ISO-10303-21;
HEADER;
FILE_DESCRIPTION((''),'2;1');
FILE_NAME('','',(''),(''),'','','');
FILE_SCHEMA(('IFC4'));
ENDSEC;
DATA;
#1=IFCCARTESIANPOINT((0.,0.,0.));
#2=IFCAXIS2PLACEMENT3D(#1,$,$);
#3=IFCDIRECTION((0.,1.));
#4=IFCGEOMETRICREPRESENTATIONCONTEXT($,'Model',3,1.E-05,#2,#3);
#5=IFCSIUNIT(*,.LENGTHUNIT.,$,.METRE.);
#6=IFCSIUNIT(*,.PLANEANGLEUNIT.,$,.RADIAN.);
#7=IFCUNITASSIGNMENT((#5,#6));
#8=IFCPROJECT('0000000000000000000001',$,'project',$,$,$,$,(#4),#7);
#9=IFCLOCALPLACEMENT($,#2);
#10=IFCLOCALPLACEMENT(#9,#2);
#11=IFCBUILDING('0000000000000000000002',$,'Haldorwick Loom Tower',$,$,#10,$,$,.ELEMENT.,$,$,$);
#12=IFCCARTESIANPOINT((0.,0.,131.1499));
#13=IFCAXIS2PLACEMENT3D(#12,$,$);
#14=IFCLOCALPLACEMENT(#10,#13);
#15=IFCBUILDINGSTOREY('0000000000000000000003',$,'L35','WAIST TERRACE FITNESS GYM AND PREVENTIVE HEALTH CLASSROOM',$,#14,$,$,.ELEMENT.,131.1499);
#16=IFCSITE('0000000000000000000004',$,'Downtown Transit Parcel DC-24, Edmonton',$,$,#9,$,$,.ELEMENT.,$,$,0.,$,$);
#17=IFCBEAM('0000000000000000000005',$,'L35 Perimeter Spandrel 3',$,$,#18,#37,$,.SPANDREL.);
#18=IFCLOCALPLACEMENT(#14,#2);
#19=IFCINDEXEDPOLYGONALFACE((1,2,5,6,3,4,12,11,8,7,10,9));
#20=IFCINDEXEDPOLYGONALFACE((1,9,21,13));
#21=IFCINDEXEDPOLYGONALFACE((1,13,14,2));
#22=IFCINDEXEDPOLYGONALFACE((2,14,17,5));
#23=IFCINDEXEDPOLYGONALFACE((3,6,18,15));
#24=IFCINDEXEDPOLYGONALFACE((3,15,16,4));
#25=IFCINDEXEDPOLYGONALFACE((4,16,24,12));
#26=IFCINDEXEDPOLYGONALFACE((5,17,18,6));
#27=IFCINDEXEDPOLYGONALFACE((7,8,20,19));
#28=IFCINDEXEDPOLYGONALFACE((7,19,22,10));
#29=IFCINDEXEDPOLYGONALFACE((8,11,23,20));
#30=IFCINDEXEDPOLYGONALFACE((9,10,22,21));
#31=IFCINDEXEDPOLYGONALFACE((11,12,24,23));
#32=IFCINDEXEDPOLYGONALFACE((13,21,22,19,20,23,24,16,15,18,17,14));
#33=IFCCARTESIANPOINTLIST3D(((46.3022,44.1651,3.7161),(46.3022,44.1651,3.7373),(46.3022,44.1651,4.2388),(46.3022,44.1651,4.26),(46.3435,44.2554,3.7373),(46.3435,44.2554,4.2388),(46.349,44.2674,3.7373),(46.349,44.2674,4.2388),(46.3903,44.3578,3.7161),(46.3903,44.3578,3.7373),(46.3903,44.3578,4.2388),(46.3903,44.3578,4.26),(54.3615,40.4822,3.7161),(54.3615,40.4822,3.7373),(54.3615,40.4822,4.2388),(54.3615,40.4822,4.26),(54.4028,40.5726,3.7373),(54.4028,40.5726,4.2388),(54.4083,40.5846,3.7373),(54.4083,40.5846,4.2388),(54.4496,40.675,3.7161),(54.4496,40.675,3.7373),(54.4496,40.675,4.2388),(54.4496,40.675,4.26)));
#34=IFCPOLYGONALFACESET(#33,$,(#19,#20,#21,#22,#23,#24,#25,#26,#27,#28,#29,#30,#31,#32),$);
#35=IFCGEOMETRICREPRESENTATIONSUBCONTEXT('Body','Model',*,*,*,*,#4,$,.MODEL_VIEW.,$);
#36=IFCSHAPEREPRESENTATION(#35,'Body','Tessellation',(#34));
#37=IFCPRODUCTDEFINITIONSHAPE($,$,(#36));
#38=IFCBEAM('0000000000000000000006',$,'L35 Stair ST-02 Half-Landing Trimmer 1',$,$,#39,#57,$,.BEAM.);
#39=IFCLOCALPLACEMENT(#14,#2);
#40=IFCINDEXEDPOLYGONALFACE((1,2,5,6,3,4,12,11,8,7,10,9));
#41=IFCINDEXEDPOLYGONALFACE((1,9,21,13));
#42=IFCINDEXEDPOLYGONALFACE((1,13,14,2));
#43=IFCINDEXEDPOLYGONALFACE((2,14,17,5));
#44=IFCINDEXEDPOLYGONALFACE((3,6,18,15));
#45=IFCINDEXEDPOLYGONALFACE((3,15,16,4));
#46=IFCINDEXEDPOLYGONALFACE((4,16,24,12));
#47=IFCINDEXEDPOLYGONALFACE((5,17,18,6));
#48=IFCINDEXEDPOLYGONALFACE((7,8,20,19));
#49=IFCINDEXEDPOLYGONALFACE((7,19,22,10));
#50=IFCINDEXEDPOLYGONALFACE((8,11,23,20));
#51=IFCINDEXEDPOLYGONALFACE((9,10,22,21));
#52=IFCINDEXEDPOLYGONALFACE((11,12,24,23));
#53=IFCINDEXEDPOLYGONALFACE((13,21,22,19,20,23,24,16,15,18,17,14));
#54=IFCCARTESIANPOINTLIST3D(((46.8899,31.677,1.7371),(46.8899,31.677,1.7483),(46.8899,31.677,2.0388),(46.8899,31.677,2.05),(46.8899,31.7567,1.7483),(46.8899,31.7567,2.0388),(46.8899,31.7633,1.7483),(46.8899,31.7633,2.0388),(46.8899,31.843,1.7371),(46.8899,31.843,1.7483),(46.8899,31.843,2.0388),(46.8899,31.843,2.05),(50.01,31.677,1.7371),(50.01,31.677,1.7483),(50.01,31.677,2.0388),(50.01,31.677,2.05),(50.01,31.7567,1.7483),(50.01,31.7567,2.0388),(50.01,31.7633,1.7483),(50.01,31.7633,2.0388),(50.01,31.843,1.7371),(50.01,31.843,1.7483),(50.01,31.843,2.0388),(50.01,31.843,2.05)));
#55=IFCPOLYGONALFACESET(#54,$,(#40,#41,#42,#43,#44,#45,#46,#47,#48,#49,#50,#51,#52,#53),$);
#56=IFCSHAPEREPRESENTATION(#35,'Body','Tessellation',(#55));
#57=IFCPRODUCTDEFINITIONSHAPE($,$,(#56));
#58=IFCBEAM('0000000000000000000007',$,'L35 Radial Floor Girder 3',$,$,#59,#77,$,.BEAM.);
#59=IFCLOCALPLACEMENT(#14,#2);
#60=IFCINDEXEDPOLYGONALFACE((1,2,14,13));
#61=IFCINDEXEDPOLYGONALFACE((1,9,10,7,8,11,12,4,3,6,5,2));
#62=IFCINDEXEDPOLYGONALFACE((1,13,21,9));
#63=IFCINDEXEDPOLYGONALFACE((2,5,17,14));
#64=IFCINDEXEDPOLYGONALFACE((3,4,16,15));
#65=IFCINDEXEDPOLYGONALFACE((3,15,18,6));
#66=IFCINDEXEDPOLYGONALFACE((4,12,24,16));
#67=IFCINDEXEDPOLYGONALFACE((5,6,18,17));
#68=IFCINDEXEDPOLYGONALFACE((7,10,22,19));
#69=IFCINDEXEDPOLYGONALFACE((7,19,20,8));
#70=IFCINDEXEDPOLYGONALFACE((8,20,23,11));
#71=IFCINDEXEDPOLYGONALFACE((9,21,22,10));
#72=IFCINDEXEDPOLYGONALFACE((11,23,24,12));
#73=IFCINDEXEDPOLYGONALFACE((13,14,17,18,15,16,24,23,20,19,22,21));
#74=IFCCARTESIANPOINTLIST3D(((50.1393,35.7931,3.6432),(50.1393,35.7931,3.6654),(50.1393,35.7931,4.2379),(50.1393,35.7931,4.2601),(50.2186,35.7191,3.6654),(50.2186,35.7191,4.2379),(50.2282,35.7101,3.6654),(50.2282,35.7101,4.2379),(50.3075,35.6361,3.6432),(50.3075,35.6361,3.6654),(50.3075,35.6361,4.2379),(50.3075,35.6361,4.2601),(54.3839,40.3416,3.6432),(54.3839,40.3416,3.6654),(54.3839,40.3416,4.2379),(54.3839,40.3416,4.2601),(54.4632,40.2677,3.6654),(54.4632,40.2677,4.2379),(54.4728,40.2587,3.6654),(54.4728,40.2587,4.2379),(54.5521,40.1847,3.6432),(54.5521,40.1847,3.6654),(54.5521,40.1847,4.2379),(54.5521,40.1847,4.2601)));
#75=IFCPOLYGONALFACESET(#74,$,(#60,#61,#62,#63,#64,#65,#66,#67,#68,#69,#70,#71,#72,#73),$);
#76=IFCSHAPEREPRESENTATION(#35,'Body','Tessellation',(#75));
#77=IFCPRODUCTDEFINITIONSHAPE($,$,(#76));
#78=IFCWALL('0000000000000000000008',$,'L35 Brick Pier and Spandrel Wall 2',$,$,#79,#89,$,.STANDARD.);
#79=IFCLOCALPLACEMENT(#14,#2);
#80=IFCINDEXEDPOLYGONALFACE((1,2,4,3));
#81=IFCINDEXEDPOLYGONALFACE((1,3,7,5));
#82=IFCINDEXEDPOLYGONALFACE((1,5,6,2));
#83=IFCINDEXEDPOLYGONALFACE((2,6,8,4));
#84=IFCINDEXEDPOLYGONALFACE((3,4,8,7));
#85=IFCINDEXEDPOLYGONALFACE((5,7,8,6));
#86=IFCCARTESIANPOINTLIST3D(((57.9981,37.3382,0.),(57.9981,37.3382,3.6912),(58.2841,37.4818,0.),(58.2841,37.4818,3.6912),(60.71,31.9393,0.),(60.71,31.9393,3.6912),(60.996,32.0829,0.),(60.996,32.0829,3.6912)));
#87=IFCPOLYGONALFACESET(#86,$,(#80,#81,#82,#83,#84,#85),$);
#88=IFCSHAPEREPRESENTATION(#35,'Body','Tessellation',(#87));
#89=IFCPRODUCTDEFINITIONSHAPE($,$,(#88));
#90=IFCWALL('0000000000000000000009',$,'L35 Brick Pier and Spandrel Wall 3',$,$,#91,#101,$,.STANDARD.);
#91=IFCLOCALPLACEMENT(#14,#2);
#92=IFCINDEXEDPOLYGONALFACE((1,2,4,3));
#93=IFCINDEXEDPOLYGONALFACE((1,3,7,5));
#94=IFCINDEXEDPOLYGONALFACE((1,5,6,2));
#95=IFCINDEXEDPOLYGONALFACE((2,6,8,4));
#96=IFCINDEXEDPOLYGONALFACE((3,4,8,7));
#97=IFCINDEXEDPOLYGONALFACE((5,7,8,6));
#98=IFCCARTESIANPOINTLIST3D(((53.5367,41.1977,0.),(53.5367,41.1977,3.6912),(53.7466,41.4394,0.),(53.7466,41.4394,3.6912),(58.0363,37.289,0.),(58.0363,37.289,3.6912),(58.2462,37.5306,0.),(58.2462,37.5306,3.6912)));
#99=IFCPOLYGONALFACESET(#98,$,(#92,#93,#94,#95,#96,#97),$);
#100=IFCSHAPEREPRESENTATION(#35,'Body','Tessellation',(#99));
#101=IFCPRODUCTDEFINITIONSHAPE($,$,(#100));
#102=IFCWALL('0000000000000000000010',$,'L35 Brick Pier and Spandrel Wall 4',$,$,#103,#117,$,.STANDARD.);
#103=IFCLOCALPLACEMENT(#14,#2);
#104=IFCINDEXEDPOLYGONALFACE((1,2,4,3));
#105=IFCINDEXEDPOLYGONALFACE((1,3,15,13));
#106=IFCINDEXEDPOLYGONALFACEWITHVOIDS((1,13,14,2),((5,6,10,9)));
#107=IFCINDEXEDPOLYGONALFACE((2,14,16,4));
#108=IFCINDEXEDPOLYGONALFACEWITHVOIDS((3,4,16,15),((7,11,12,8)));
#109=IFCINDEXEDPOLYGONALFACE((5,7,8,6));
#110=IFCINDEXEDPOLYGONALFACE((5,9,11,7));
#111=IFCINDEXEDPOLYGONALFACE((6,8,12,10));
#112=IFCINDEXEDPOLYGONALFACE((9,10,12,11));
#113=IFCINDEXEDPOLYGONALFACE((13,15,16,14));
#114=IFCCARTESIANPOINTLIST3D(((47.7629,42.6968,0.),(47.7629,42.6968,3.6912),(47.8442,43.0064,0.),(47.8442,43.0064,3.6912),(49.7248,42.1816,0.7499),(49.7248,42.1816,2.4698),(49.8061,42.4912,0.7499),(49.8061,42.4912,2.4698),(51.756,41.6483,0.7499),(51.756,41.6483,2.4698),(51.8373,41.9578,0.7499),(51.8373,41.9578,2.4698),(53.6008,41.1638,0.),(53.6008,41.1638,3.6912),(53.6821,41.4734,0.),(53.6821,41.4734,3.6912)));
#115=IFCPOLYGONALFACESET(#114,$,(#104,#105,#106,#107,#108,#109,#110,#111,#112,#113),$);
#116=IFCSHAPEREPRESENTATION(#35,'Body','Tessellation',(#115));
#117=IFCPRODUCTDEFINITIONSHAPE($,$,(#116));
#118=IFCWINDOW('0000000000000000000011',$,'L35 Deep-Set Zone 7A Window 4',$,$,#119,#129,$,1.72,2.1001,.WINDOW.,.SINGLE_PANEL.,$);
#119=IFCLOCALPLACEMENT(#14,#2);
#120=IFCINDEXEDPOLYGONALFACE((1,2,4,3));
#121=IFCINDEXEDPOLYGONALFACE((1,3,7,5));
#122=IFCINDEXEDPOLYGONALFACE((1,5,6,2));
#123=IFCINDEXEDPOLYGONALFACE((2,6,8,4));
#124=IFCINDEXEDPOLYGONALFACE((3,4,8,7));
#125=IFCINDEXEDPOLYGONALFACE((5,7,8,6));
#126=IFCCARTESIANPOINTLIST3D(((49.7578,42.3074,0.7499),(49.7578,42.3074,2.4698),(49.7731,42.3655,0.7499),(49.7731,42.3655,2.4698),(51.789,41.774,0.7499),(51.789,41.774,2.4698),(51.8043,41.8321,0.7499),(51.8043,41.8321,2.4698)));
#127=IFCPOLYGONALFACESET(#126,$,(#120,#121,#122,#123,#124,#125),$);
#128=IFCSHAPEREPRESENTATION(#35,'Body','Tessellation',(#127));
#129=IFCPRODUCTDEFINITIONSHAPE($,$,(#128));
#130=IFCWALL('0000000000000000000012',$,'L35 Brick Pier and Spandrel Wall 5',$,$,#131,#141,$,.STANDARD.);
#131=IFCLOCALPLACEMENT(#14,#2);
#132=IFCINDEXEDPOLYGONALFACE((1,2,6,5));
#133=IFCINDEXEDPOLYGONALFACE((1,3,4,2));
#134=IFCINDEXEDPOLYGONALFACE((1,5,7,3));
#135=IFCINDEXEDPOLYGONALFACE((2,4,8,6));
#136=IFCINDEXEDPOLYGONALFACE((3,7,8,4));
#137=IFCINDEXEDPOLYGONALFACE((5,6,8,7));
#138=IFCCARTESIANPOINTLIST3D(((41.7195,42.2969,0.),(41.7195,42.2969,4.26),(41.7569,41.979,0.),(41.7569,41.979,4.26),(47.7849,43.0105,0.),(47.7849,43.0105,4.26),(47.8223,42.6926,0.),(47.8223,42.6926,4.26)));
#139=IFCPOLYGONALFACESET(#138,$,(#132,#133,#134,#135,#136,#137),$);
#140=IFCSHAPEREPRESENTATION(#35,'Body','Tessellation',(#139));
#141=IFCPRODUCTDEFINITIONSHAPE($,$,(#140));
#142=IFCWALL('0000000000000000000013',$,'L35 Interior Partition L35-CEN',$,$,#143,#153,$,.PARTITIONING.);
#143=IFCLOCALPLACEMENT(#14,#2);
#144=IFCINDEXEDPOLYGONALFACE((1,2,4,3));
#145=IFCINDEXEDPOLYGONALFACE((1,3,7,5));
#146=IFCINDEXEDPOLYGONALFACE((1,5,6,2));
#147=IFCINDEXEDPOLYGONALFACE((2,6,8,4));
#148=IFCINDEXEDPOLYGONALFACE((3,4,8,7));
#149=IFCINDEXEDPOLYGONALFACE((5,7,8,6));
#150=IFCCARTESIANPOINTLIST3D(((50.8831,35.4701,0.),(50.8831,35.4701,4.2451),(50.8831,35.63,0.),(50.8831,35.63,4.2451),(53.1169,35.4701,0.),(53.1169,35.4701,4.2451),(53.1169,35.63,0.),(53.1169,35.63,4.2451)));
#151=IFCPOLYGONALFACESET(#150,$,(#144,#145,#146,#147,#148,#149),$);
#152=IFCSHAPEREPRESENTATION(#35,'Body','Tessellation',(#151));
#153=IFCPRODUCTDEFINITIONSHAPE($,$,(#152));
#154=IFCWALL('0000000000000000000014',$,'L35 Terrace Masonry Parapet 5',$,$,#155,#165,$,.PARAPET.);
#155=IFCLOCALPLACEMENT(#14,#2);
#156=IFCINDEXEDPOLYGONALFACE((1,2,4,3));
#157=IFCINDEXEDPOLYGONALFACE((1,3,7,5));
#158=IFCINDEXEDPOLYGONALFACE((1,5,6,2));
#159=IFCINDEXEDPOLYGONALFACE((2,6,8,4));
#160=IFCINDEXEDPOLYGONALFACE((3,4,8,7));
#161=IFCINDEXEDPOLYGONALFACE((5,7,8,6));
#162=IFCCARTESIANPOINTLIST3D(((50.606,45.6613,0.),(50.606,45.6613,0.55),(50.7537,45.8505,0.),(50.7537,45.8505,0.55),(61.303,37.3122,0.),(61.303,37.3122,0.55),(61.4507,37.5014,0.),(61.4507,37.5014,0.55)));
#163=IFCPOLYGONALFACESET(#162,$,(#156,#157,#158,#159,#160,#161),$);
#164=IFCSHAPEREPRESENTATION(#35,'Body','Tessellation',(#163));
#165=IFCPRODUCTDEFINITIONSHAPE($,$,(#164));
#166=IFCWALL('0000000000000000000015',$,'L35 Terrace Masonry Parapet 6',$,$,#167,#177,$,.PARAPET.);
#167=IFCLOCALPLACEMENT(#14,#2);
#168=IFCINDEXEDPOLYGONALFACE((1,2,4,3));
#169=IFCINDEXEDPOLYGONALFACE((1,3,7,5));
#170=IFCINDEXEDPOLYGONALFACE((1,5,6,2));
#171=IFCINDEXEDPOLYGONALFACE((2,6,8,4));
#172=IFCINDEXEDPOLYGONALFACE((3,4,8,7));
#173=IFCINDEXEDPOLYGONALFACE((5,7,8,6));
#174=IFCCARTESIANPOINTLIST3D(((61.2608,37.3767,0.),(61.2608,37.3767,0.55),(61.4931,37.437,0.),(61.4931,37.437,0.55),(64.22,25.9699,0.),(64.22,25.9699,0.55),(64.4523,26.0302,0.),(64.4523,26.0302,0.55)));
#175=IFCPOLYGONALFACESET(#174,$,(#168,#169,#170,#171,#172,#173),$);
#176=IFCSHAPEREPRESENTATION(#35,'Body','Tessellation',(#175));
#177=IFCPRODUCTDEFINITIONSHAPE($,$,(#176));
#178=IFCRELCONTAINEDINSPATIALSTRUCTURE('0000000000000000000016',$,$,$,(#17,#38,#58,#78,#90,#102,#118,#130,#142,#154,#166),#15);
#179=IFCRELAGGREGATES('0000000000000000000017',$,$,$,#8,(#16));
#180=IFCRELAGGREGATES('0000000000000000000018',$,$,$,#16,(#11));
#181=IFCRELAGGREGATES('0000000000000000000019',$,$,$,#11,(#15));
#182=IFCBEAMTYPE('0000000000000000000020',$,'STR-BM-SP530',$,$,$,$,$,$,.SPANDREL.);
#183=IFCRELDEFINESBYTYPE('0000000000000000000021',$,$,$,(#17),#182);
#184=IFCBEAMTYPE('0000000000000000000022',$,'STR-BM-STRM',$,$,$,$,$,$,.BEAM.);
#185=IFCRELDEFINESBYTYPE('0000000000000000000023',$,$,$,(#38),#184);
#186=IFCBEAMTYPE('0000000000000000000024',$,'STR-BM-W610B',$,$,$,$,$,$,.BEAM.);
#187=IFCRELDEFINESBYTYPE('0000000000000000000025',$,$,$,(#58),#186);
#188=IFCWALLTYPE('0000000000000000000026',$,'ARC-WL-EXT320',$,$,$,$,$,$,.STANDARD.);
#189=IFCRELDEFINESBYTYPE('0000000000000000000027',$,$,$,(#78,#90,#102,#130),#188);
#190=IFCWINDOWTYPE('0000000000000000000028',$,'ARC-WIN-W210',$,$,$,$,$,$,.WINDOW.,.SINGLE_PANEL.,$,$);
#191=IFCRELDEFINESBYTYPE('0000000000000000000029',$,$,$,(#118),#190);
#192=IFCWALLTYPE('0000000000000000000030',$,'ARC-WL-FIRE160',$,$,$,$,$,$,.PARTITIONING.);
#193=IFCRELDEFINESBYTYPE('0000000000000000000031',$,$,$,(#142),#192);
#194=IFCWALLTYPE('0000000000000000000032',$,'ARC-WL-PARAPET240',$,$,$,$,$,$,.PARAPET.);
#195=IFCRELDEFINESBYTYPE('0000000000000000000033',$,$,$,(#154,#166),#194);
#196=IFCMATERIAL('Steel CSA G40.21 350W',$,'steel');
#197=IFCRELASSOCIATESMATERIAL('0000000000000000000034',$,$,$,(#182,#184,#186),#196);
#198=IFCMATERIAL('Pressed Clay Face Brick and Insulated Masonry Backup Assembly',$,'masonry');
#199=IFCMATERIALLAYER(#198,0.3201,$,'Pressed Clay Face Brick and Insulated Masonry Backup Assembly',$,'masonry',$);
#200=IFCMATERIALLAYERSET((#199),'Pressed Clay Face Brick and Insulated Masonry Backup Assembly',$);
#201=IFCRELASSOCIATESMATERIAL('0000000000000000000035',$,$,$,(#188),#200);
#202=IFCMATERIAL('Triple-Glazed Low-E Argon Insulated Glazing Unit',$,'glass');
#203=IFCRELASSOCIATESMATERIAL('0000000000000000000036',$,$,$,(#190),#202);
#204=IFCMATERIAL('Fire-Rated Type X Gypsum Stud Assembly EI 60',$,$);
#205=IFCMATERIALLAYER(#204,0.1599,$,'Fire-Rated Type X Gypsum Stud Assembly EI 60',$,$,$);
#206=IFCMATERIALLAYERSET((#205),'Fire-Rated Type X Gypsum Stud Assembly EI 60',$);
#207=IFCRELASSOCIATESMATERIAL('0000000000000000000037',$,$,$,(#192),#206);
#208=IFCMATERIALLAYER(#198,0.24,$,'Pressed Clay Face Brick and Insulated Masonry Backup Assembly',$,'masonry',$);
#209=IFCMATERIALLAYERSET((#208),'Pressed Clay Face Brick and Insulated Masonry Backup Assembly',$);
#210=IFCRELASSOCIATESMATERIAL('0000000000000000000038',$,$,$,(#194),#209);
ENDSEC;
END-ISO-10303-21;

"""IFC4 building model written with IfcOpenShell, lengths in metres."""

from ifc_helpers import new_model, si_unit, direction, frame, frame_2d, origin, origin_2d, place, context, subcontext, project, spatial, rectangle, i_section, extrude, material, layer, layer_set, material_profile, profile_set, type_object, element, fill, save


model = new_model("IFC4")

# Units and contexts
model_context = context("Model", 3, precision=1e-05, world=origin(), true_north=direction((0.0, 1.0)))
body_context = subcontext(model_context, "Body", "Model", "MODEL_VIEW")
ifc_project = project(units=[si_unit("LENGTHUNIT", "METRE"), si_unit("PLANEANGLEUNIT", "RADIAN")], contexts=[model_context])

# Site, building, storey
site_placement = place(None, origin())
site = spatial("IfcSite", under=ifc_project, at=site_placement, Name="Downtown Transit Parcel DC-24, Edmonton", CompositionType="ELEMENT", RefElevation=0.0)
building_placement = place(site_placement, origin())
building = spatial("IfcBuilding", under=site, at=building_placement, Name="Haldorwick Loom Tower", CompositionType="ELEMENT")
storey_placement = place(building_placement, frame((0.0, 0.0, 131.1499)))
storey = spatial("IfcBuildingStorey", under=building, at=storey_placement, Name="L35", Description="WAIST TERRACE FITNESS GYM AND PREVENTIVE HEALTH CLASSROOM", CompositionType="ELEMENT", Elevation=131.1499)

# Beams
ifc_material_1 = material(Name="Steel CSA G40.21 350W", Category="steel")
ifc_material_profile_1 = material_profile(ifc_material_1, i_section(OverallWidth=0.2119, OverallDepth=0.5439, WebThickness=0.0132, FlangeThickness=0.0212, at=origin_2d()), Name="W530X123", Category="steel")
ifc_profile_set_1 = profile_set([ifc_material_profile_1], Name="Steel CSA G40.21 350W")
beam_type_1 = type_object("IfcBeamType", Name="STR-BM-SP530", PredefinedType="SPANDREL", material=ifc_profile_set_1)
beam_1_placement = place(storey_placement, frame((54.4055, 40.5786, 3.988), z_axis=(-0.909534, 0.415629, 0.0), x_axis=(-0.415629, -0.909534, 0.0)))
element("IfcBeam", 1, at=beam_1_placement, inside=storey, type_object=beam_type_1, Name="L35 Perimeter Spandrel 3", PredefinedType="SPANDREL", context=body_context, shape_type="SweptSolid", body=[
    extrude(i_section(OverallWidth=0.2119, OverallDepth=0.5439, WebThickness=0.0132, FlangeThickness=0.0212, at=origin_2d()), origin(), (0.0, 0.0, 1.0), 8.8608),
])
ifc_material_profile_2 = material_profile(ifc_material_1, i_section(OverallWidth=0.166, OverallDepth=0.313, WebThickness=0.0066, FlangeThickness=0.0112, at=origin_2d()), Name="W310X45", Category="steel")
ifc_profile_set_2 = profile_set([ifc_material_profile_2], Name="Steel CSA G40.21 350W")
beam_type_2 = type_object("IfcBeamType", Name="STR-BM-STRM", PredefinedType="BEAM", material=ifc_profile_set_2)
beam_2_placement = place(storey_placement, frame((46.8899, 31.76, 1.8936), z_axis=(1.0, 0.0, 0.0), x_axis=(0.0, 1.0, 0.0)))
element("IfcBeam", 2, at=beam_2_placement, inside=storey, type_object=beam_type_2, Name="L35 Stair ST-02 Half-Landing Trimmer 1", PredefinedType="BEAM", context=body_context, shape_type="SweptSolid", body=[
    extrude(i_section(OverallWidth=0.166, OverallDepth=0.313, WebThickness=0.0066, FlangeThickness=0.0112, at=origin_2d()), origin(), (0.0, 0.0, 1.0), 3.1201),
])
ifc_material_profile_3 = material_profile(ifc_material_1, i_section(OverallWidth=0.23, OverallDepth=0.6169, WebThickness=0.0132, FlangeThickness=0.0222, at=origin_2d()), Name="W610X140", Category="steel")
ifc_profile_set_3 = profile_set([ifc_material_profile_3], Name="Steel CSA G40.21 350W")
beam_type_3 = type_object("IfcBeamType", Name="STR-BM-W610B", PredefinedType="BEAM", material=ifc_profile_set_3)
beam_3_placement = place(storey_placement, frame((50.2234, 35.7146, 3.9517), z_axis=(0.682257, 0.731113, 0.0), x_axis=(-0.731113, 0.682257, 0.0)))
element("IfcBeam", 3, at=beam_3_placement, inside=storey, type_object=beam_type_3, Name="L35 Radial Floor Girder 3", PredefinedType="BEAM", context=body_context, shape_type="SweptSolid", body=[
    extrude(i_section(OverallWidth=0.23, OverallDepth=0.6169, WebThickness=0.0132, FlangeThickness=0.0222, at=origin_2d()), origin(), (0.0, 0.0, 1.0), 6.2214),
])

# Walls
ifc_material_2 = material(Name="Pressed Clay Face Brick and Insulated Masonry Backup Assembly", Category="masonry")
ifc_layer_1 = layer(ifc_material_2, 0.3201, Name="Pressed Clay Face Brick and Insulated Masonry Backup Assembly", Category="masonry")
ifc_layer_set_1 = layer_set([ifc_layer_1], Name="Pressed Clay Face Brick and Insulated Masonry Backup Assembly")
wall_type_1 = type_object("IfcWallType", Name="ARC-WL-EXT320", PredefinedType="STANDARD", material=ifc_layer_set_1)
wall_1_placement = place(storey_placement, frame((60.853, 32.011, 0.0), z_axis=(0.0, 0.0, 1.0), x_axis=(-0.448862, 0.893601, 0.0)))
element("IfcWall", 4, at=wall_1_placement, inside=storey, type_object=wall_type_1, Name="L35 Brick Pier and Spandrel Wall 2", PredefinedType="STANDARD", context=body_context, shape_type="SweptSolid", body=[
    extrude(rectangle(XDim=6.0417, YDim=0.3201, at=frame_2d((3.021, 0.0))), origin(), (0.0, 0.0, 1.0), 3.6912),
])
wall_2_placement = place(storey_placement, frame((58.1411, 37.4099, 0.0), z_axis=(0.0, 0.0, 1.0), x_axis=(-0.754932, 0.655803, 0.0)))
element("IfcWall", 5, at=wall_2_placement, inside=storey, type_object=wall_type_1, Name="L35 Brick Pier and Spandrel Wall 3", PredefinedType="STANDARD", context=body_context, shape_type="SweptSolid", body=[
    extrude(rectangle(XDim=5.9602, YDim=0.3201, at=frame_2d((2.98, 0.0))), origin(), (0.0, 0.0, 1.0), 3.6912),
])

# Wall, opening, window
wall_3_placement = place(storey_placement, frame((53.6416, 41.3186, 0.0), z_axis=(0.0, 0.0, 1.0), x_axis=(-0.96721, 0.253978, 0.0)))
wall_3 = element("IfcWall", 6, at=wall_3_placement, inside=storey, type_object=wall_type_1, Name="L35 Brick Pier and Spandrel Wall 4", PredefinedType="STANDARD", context=body_context, shape_type="SweptSolid", body=[
    extrude(rectangle(XDim=6.0359, YDim=0.3201, at=frame_2d((3.0181, 0.0))), origin(), (0.0, 0.0, 1.0), 3.6912),
])
opening_placement = place(wall_3_placement, frame((1.9075, 0.0, 0.75)))
opening = element("IfcOpeningElement", 7, at=opening_placement, cuts=wall_3, PredefinedType="OPENING", context=body_context, shape_type="SweptSolid", body=[
    extrude(rectangle(XDim=2.1001, YDim=1.72, at=frame_2d((1.05, 0.8599))), frame((0.0, 0.1699, 0.0), z_axis=(0.0, -1.0, 0.0), x_axis=(1.0, 0.0, 0.0)), (0.0, 0.0, 1.0), 0.3401),
])
ifc_material_3 = material(Name="Triple-Glazed Low-E Argon Insulated Glazing Unit", Category="glass")
window_type = type_object("IfcWindowType", Name="ARC-WIN-W210", PartitioningType="SINGLE_PANEL", PredefinedType="WINDOW", material=ifc_material_3)
window_placement = place(opening_placement, origin())
window = element("IfcWindow", 8, at=window_placement, inside=storey, type_object=window_type, Name="L35 Deep-Set Zone 7A Window 4", OverallHeight=1.72, OverallWidth=2.1001, PartitioningType="SINGLE_PANEL", PredefinedType="WINDOW", context=body_context, shape_type="SweptSolid", body=[
    extrude(rectangle(XDim=2.1001, YDim=1.72, at=frame_2d((1.05, 0.8599))), frame((0.0, 0.03, 0.0), z_axis=(0.0, -1.0, 0.0), x_axis=(1.0, 0.0, 0.0)), (0.0, 0.0, 1.0), 0.0601),
])
fill(opening, window)

# Walls
wall_4_placement = place(storey_placement, frame((47.8037, 42.8516, 0.0), z_axis=(0.0, 0.0, 1.0), x_axis=(-0.99315, -0.116848, 0.0)))
element("IfcWall", 9, at=wall_4_placement, inside=storey, type_object=wall_type_1, Name="L35 Brick Pier and Spandrel Wall 5", PredefinedType="STANDARD", context=body_context, shape_type="SweptSolid", body=[
    extrude(rectangle(XDim=6.1072, YDim=0.3201, at=frame_2d((3.0537, 0.0))), origin(), (0.0, 0.0, 1.0), 4.26),
])
ifc_material_4 = material(Name="Fire-Rated Type X Gypsum Stud Assembly EI 60")
ifc_layer_2 = layer(ifc_material_4, 0.1599, Name="Fire-Rated Type X Gypsum Stud Assembly EI 60")
ifc_layer_set_2 = layer_set([ifc_layer_2], Name="Fire-Rated Type X Gypsum Stud Assembly EI 60")
wall_type_2 = type_object("IfcWallType", Name="ARC-WL-FIRE160", PredefinedType="PARTITIONING", material=ifc_layer_set_2)
wall_5_placement = place(storey_placement, frame((50.8831, 35.55, 0.0), z_axis=(0.0, 0.0, 1.0), x_axis=(1.0, 0.0, 0.0)))
element("IfcWall", 10, at=wall_5_placement, inside=storey, type_object=wall_type_2, Name="L35 Interior Partition L35-CEN", PredefinedType="PARTITIONING", context=body_context, shape_type="SweptSolid", body=[
    extrude(rectangle(XDim=2.2339, YDim=0.1599, at=frame_2d((1.1169, 0.0))), origin(), (0.0, 0.0, 1.0), 4.2451),
])
ifc_layer_3 = layer(ifc_material_2, 0.24, Name="Pressed Clay Face Brick and Insulated Masonry Backup Assembly", Category="masonry")
ifc_layer_set_3 = layer_set([ifc_layer_3], Name="Pressed Clay Face Brick and Insulated Masonry Backup Assembly")
wall_type_3 = type_object("IfcWallType", Name="ARC-WL-PARAPET240", PredefinedType="PARAPET", material=ifc_layer_set_3)
wall_6_placement = place(storey_placement, frame((50.6799, 45.7559, 0.0), z_axis=(0.0, 0.0, 1.0), x_axis=(0.788308, -0.615281, 0.0)))
element("IfcWall", 11, at=wall_6_placement, inside=storey, type_object=wall_type_3, Name="L35 Terrace Masonry Parapet 5", PredefinedType="PARAPET", context=body_context, shape_type="SweptSolid", body=[
    extrude(rectangle(XDim=13.5696, YDim=0.24, at=frame_2d((6.7847, 0.0))), origin(), (0.0, 0.0, 1.0), 0.55),
])
wall_7_placement = place(storey_placement, frame((61.377, 37.4067, 0.0), z_axis=(0.0, 0.0, 1.0), x_axis=(0.251115, -0.967957, 0.0)))
element("IfcWall", 12, at=wall_7_placement, inside=storey, type_object=wall_type_3, Name="L35 Terrace Masonry Parapet 6", PredefinedType="PARAPET", context=body_context, shape_type="SweptSolid", body=[
    extrude(rectangle(XDim=11.7844, YDim=0.24, at=frame_2d((5.8921, 0.0))), origin(), (0.0, 0.0, 1.0), 0.55),
])

save(model, "model.ifc")
